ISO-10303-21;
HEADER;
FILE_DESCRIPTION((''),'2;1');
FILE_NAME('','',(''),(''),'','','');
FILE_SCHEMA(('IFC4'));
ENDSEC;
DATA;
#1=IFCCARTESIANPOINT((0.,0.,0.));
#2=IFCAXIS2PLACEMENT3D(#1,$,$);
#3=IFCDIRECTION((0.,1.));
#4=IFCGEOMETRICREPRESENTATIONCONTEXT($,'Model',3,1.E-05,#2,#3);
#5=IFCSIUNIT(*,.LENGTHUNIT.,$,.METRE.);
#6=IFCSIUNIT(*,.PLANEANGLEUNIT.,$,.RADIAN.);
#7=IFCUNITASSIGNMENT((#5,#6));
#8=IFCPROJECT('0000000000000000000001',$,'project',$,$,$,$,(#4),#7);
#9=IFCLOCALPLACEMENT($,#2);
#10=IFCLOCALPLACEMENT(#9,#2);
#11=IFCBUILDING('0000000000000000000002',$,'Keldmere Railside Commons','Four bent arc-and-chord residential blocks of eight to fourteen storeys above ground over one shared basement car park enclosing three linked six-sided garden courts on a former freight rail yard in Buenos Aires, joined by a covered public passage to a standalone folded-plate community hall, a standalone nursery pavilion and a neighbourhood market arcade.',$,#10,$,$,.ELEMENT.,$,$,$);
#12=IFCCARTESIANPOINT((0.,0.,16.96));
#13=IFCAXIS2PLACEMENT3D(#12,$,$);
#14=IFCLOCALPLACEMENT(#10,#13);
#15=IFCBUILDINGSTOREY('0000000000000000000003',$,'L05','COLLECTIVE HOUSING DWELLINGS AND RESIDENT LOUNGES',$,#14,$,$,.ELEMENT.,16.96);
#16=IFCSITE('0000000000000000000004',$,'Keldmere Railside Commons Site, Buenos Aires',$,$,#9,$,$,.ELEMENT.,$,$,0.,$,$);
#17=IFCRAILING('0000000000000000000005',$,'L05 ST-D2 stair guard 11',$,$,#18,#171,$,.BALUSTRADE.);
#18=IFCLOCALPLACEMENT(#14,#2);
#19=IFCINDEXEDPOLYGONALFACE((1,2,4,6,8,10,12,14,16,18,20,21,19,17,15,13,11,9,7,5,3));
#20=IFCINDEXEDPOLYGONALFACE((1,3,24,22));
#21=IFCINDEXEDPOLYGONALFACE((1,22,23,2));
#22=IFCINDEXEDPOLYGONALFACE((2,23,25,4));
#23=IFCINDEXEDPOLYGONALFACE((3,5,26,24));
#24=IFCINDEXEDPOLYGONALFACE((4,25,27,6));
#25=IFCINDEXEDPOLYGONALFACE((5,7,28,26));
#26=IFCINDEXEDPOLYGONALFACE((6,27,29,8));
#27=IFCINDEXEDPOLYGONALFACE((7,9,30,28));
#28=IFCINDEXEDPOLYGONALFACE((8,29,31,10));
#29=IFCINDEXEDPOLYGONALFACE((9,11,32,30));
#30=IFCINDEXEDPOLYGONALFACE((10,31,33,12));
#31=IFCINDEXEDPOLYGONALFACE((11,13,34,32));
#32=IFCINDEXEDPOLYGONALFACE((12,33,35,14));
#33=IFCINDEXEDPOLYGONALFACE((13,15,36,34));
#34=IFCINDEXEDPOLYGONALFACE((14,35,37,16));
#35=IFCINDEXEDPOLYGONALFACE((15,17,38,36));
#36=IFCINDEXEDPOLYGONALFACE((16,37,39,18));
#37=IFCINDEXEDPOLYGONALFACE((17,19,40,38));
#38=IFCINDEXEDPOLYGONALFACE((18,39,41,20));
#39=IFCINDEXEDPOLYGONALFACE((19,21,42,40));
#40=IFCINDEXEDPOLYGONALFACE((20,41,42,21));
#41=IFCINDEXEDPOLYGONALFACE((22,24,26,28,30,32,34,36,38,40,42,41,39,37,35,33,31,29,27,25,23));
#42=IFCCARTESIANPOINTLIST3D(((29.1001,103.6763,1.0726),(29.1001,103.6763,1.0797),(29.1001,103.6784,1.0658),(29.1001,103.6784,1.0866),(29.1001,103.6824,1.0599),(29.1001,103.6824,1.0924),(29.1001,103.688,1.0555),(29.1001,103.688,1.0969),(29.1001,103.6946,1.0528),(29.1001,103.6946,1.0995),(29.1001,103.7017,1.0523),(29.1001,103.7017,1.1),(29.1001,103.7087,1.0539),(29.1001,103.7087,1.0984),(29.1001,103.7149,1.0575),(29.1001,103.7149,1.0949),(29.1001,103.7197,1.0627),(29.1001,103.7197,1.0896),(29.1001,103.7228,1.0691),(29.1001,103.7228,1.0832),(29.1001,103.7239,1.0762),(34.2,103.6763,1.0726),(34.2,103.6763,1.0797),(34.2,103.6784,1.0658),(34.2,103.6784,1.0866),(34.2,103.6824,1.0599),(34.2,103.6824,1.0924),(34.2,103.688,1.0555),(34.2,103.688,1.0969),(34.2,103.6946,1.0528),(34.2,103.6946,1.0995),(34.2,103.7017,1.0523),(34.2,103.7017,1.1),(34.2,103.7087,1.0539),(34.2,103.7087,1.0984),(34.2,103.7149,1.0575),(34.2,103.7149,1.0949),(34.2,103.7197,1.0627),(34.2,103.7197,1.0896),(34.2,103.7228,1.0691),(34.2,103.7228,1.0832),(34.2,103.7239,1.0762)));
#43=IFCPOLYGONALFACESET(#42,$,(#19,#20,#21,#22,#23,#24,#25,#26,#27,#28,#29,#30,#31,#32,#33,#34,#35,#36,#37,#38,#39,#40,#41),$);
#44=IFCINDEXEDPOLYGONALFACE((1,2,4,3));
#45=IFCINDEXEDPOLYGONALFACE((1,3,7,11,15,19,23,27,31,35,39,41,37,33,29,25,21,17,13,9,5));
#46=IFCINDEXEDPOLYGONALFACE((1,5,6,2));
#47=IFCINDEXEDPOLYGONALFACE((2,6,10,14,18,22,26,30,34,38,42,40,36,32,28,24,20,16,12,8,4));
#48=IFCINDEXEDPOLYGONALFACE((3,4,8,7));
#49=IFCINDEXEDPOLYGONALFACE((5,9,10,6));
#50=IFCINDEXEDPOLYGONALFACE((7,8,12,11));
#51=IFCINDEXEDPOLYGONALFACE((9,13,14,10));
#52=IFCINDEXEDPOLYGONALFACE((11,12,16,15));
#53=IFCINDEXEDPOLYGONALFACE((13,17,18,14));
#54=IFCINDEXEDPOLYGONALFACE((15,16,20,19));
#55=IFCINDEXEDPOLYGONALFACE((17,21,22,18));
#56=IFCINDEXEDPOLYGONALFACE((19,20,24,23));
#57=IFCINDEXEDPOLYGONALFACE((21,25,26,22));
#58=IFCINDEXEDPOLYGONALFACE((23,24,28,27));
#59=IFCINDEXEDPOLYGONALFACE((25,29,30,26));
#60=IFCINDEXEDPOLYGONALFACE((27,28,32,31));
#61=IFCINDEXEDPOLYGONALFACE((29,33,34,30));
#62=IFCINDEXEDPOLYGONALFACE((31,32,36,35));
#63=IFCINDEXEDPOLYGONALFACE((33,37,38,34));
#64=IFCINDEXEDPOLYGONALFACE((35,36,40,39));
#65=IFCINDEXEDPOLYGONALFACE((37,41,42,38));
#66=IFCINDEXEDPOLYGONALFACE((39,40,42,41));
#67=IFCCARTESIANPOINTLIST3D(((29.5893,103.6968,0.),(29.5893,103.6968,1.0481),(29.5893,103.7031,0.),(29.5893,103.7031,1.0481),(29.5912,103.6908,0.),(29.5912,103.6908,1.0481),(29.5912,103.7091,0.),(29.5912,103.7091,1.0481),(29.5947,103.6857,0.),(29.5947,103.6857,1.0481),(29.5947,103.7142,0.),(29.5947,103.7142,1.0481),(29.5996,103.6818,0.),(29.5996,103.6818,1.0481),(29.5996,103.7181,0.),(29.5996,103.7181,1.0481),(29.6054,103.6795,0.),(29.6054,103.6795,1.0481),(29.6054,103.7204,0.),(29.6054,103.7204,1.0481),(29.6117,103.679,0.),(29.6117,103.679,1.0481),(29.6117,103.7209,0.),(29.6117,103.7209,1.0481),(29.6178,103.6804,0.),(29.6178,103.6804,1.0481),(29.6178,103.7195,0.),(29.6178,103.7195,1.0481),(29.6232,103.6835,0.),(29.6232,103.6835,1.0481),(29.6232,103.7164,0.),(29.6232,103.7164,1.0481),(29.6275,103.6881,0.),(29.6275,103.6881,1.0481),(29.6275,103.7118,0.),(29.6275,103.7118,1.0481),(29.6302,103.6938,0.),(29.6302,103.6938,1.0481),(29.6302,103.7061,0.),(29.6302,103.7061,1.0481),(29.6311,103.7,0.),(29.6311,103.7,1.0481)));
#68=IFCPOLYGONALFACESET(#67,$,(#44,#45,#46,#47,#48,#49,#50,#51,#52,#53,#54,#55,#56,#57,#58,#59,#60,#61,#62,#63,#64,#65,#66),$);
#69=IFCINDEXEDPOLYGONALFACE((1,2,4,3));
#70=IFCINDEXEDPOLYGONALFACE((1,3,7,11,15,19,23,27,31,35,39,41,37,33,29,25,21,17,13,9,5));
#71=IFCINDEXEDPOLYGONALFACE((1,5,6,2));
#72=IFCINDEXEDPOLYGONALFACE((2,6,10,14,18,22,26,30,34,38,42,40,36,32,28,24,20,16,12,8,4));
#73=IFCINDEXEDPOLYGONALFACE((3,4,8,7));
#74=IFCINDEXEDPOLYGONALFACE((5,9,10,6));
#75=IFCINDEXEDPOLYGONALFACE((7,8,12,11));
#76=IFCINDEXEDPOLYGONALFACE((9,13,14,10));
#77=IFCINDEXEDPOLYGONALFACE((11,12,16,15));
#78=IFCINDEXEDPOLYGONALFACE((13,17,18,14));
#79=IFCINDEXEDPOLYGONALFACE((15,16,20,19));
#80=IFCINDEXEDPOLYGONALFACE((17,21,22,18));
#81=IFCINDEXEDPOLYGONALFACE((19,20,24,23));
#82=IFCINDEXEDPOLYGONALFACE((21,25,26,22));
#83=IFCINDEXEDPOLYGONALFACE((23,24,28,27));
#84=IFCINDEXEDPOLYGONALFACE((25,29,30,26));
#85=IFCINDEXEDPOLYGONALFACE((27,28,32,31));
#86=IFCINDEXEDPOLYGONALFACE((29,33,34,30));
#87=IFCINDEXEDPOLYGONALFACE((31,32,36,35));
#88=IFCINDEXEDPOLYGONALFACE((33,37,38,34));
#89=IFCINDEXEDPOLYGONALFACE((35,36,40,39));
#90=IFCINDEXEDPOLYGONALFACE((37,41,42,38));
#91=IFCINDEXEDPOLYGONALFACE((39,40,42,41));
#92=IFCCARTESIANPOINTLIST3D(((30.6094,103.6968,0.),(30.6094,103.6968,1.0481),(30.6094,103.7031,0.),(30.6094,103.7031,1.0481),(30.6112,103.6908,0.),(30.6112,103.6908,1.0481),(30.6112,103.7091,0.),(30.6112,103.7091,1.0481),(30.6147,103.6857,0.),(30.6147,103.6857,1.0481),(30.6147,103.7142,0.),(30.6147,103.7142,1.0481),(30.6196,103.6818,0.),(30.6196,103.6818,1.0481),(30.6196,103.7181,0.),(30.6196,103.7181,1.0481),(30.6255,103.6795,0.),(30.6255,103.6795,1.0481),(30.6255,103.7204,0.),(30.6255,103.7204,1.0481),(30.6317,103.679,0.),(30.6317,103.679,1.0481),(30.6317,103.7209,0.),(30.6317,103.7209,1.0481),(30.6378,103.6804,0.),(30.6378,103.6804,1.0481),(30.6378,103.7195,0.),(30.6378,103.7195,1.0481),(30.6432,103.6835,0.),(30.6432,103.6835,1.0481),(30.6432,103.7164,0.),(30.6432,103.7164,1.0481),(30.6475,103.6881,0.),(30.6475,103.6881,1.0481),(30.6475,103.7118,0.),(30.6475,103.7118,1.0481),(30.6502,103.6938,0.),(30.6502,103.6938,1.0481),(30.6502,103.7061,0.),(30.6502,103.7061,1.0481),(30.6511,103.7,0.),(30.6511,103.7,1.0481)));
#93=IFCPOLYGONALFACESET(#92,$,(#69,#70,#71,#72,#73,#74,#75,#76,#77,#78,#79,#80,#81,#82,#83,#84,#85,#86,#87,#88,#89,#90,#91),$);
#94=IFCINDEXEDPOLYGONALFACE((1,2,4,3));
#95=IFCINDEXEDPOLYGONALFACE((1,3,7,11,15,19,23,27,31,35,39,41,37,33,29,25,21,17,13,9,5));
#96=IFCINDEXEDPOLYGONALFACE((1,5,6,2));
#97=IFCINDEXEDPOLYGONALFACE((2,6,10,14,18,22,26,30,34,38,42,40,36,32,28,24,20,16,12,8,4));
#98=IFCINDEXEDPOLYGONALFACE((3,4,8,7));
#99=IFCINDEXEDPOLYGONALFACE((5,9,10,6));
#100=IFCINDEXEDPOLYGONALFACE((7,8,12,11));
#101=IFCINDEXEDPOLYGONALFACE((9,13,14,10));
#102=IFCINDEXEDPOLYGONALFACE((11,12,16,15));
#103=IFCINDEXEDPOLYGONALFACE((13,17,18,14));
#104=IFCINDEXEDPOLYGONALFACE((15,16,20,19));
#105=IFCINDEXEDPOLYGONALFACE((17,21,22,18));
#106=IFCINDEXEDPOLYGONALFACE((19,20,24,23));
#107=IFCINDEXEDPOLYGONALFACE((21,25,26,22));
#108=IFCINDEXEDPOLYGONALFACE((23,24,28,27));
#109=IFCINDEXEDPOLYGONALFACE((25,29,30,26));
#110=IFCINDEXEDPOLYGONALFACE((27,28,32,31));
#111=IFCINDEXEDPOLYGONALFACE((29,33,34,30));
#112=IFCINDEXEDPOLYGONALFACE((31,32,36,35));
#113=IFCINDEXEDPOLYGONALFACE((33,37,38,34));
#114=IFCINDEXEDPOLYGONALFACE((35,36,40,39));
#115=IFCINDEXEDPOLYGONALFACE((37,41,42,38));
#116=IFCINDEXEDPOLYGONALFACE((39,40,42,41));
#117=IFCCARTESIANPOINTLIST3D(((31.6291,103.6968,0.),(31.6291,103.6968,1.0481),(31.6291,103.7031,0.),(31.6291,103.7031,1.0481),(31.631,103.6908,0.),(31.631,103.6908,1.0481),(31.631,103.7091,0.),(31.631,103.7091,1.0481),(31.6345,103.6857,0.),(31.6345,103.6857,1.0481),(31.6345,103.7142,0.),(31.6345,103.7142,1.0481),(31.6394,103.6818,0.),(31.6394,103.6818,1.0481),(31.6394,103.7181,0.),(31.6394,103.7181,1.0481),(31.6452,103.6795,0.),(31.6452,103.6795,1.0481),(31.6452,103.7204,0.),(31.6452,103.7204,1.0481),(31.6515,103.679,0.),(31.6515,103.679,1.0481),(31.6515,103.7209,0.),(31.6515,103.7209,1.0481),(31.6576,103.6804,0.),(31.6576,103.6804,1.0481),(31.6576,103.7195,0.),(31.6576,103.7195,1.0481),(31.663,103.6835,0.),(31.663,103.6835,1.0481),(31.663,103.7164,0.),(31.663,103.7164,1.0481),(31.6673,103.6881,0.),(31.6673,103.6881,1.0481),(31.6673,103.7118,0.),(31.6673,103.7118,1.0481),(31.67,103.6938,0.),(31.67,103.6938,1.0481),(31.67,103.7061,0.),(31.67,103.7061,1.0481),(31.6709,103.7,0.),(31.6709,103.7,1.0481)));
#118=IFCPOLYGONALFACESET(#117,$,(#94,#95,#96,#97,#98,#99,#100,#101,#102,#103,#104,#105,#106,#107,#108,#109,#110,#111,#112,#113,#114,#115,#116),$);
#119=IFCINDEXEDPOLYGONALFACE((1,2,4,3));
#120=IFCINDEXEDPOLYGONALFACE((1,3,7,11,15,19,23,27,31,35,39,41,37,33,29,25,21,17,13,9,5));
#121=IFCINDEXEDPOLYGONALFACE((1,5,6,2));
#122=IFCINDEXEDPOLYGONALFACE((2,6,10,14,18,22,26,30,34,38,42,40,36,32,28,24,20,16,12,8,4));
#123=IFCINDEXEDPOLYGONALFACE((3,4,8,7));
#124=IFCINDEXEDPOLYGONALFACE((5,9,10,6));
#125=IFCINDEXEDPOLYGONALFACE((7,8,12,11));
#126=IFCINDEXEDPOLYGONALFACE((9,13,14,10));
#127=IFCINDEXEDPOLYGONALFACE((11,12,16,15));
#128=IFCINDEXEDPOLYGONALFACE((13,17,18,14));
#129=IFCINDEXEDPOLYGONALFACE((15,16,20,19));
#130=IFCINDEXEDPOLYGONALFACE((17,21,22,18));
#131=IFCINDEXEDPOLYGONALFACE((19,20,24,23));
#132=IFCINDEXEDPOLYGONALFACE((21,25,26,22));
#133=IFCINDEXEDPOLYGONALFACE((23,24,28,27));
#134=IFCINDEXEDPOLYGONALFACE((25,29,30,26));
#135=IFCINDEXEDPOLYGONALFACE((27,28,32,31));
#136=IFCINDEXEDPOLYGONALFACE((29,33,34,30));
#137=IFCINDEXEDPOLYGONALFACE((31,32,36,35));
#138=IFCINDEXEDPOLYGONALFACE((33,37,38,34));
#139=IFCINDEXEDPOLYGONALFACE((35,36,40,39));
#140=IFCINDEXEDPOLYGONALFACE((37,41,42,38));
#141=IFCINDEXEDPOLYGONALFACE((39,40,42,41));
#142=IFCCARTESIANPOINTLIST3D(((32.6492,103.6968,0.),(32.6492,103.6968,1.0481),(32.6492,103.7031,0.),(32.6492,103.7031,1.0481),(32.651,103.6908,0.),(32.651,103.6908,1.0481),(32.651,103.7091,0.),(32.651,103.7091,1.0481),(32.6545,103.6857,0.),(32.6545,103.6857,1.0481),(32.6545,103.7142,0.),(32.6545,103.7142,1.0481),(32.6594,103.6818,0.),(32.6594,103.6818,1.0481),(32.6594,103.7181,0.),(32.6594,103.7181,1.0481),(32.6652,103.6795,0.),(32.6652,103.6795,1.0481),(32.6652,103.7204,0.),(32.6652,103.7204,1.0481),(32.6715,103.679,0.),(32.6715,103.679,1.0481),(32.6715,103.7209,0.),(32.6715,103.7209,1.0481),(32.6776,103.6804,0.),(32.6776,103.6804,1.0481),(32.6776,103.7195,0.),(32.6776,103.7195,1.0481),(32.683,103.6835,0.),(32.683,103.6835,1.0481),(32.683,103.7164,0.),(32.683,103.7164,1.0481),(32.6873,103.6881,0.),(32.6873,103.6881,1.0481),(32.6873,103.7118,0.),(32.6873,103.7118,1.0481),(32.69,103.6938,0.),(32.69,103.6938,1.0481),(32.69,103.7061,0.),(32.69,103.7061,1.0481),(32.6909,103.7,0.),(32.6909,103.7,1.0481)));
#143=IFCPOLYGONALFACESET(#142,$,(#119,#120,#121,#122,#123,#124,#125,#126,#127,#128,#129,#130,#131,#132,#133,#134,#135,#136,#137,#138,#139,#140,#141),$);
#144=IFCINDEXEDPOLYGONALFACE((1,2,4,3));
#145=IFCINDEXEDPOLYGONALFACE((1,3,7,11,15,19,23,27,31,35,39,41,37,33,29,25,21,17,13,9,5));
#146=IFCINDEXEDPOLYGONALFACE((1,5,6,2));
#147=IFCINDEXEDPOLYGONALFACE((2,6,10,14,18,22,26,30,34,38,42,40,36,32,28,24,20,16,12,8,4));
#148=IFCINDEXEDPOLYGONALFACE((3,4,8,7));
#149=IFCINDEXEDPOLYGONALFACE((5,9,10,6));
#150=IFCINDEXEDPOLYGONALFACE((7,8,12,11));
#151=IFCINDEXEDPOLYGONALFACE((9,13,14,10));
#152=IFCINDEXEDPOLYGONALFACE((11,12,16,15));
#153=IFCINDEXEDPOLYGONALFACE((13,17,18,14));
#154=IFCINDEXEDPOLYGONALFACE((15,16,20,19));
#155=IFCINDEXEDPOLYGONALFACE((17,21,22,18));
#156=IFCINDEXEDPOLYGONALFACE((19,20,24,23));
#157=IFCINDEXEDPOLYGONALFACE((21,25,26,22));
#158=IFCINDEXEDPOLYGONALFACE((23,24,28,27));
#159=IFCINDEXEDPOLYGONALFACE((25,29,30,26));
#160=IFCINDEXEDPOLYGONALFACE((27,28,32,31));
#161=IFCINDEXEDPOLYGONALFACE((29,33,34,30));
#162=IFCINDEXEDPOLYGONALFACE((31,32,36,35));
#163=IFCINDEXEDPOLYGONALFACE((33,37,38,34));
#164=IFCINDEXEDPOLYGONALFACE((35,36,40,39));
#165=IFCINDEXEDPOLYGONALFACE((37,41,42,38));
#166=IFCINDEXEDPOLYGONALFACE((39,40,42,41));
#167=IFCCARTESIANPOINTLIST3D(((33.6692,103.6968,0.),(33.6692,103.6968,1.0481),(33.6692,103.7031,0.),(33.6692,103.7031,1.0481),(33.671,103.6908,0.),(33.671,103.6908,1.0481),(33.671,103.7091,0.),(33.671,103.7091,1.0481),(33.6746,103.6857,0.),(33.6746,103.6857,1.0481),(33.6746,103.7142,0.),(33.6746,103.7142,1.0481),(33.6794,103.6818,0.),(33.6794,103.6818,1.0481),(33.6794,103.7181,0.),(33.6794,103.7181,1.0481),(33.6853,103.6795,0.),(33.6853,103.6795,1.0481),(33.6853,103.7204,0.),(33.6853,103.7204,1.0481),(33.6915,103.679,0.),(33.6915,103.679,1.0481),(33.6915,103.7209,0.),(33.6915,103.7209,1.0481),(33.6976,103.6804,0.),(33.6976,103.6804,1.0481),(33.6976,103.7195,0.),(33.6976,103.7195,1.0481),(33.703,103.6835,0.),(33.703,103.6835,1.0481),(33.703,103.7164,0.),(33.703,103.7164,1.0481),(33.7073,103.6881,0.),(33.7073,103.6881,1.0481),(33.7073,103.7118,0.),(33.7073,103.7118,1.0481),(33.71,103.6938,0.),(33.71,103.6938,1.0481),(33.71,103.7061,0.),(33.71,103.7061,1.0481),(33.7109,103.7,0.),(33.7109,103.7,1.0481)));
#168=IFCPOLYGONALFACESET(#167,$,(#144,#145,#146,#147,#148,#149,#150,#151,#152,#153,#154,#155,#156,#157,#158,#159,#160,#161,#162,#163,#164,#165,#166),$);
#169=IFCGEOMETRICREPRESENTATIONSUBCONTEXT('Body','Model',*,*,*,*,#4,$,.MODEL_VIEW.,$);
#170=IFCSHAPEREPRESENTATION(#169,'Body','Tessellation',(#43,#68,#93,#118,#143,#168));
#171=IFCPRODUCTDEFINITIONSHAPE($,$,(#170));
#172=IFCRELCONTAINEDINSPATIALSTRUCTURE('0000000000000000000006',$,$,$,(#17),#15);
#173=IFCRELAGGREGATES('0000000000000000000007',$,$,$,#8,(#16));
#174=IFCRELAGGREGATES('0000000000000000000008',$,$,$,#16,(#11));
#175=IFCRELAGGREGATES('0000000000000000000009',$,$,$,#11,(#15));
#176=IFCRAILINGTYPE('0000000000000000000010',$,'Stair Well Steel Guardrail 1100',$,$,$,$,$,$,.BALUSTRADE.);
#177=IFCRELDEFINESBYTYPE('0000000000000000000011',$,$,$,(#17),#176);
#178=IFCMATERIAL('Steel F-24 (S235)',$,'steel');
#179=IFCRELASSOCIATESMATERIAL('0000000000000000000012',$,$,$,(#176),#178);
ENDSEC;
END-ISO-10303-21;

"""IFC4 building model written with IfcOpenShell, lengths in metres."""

from ifc_helpers import new_model, si_unit, direction, frame, origin, origin_2d, place, context, subcontext, project, spatial, circle, extrude, material, type_object, element, save


model = new_model("IFC4")

# Units and contexts
model_context = context("Model", 3, precision=1e-05, world=origin(), true_north=direction((0.0, 1.0)))
body_context = subcontext(model_context, "Body", "Model", "MODEL_VIEW")
ifc_project = project(units=[si_unit("LENGTHUNIT", "METRE"), si_unit("PLANEANGLEUNIT", "RADIAN")], contexts=[model_context])

# Site, building, storey
site_placement = place(None, origin())
site = spatial("IfcSite", under=ifc_project, at=site_placement, Name="Keldmere Railside Commons Site, Buenos Aires", CompositionType="ELEMENT", RefElevation=0.0)
building_placement = place(site_placement, origin())
building = spatial("IfcBuilding", under=site, at=building_placement, Name="Keldmere Railside Commons", Description="Four bent arc-and-chord residential blocks of eight to fourteen storeys above ground over one shared basement car park enclosing three linked six-sided garden courts on a former freight rail yard in Buenos Aires, joined by a covered public passage to a standalone folded-plate community hall, a standalone nursery pavilion and a neighbourhood market arcade.", CompositionType="ELEMENT")
storey_placement = place(building_placement, frame((0.0, 0.0, 16.96)))
storey = spatial("IfcBuildingStorey", under=building, at=storey_placement, Name="L05", Description="COLLECTIVE HOUSING DWELLINGS AND RESIDENT LOUNGES", CompositionType="ELEMENT", Elevation=16.96)

# Shared definitions
ifc_material_1 = material(Name="Steel F-24 (S235)", Category="steel")

# Railing
railing_type_1 = type_object("IfcRailingType", Name="Stair Well Steel Guardrail 1100", PredefinedType="BALUSTRADE", material=ifc_material_1)
railing_1_placement = place(storey_placement, frame((29.1001, 103.7, 0.0)))
element("IfcRailing", 1, at=railing_1_placement, inside=storey, type_object=railing_type_1, Name="L05 ST-D2 stair guard 11", PredefinedType="BALUSTRADE", context=body_context, shape_type="SweptSolid", body=[
    extrude(circle(Radius=0.0239, at=origin_2d()), frame((0.0, 0.0, 1.0762), z_axis=(1.0, 0.0, 0.0), x_axis=(0.0, 1.0, 0.0)), (0.0, 0.0, 1.0), 5.0999),
    extrude(circle(Radius=0.021, at=origin_2d()), frame((0.51, 0.0, 0.0)), (0.0, 0.0, 1.0), 1.0481),
    extrude(circle(Radius=0.021, at=origin_2d()), frame((1.53, 0.0, 0.0)), (0.0, 0.0, 1.0), 1.0481),
    extrude(circle(Radius=0.021, at=origin_2d()), frame((2.5498, 0.0, 0.0)), (0.0, 0.0, 1.0), 1.0481),
    extrude(circle(Radius=0.021, at=origin_2d()), frame((3.5698, 0.0, 0.0)), (0.0, 0.0, 1.0), 1.0481),
    extrude(circle(Radius=0.021, at=origin_2d()), frame((4.5898, 0.0, 0.0)), (0.0, 0.0, 1.0), 1.0481),
])

save(model, "model.ifc")
